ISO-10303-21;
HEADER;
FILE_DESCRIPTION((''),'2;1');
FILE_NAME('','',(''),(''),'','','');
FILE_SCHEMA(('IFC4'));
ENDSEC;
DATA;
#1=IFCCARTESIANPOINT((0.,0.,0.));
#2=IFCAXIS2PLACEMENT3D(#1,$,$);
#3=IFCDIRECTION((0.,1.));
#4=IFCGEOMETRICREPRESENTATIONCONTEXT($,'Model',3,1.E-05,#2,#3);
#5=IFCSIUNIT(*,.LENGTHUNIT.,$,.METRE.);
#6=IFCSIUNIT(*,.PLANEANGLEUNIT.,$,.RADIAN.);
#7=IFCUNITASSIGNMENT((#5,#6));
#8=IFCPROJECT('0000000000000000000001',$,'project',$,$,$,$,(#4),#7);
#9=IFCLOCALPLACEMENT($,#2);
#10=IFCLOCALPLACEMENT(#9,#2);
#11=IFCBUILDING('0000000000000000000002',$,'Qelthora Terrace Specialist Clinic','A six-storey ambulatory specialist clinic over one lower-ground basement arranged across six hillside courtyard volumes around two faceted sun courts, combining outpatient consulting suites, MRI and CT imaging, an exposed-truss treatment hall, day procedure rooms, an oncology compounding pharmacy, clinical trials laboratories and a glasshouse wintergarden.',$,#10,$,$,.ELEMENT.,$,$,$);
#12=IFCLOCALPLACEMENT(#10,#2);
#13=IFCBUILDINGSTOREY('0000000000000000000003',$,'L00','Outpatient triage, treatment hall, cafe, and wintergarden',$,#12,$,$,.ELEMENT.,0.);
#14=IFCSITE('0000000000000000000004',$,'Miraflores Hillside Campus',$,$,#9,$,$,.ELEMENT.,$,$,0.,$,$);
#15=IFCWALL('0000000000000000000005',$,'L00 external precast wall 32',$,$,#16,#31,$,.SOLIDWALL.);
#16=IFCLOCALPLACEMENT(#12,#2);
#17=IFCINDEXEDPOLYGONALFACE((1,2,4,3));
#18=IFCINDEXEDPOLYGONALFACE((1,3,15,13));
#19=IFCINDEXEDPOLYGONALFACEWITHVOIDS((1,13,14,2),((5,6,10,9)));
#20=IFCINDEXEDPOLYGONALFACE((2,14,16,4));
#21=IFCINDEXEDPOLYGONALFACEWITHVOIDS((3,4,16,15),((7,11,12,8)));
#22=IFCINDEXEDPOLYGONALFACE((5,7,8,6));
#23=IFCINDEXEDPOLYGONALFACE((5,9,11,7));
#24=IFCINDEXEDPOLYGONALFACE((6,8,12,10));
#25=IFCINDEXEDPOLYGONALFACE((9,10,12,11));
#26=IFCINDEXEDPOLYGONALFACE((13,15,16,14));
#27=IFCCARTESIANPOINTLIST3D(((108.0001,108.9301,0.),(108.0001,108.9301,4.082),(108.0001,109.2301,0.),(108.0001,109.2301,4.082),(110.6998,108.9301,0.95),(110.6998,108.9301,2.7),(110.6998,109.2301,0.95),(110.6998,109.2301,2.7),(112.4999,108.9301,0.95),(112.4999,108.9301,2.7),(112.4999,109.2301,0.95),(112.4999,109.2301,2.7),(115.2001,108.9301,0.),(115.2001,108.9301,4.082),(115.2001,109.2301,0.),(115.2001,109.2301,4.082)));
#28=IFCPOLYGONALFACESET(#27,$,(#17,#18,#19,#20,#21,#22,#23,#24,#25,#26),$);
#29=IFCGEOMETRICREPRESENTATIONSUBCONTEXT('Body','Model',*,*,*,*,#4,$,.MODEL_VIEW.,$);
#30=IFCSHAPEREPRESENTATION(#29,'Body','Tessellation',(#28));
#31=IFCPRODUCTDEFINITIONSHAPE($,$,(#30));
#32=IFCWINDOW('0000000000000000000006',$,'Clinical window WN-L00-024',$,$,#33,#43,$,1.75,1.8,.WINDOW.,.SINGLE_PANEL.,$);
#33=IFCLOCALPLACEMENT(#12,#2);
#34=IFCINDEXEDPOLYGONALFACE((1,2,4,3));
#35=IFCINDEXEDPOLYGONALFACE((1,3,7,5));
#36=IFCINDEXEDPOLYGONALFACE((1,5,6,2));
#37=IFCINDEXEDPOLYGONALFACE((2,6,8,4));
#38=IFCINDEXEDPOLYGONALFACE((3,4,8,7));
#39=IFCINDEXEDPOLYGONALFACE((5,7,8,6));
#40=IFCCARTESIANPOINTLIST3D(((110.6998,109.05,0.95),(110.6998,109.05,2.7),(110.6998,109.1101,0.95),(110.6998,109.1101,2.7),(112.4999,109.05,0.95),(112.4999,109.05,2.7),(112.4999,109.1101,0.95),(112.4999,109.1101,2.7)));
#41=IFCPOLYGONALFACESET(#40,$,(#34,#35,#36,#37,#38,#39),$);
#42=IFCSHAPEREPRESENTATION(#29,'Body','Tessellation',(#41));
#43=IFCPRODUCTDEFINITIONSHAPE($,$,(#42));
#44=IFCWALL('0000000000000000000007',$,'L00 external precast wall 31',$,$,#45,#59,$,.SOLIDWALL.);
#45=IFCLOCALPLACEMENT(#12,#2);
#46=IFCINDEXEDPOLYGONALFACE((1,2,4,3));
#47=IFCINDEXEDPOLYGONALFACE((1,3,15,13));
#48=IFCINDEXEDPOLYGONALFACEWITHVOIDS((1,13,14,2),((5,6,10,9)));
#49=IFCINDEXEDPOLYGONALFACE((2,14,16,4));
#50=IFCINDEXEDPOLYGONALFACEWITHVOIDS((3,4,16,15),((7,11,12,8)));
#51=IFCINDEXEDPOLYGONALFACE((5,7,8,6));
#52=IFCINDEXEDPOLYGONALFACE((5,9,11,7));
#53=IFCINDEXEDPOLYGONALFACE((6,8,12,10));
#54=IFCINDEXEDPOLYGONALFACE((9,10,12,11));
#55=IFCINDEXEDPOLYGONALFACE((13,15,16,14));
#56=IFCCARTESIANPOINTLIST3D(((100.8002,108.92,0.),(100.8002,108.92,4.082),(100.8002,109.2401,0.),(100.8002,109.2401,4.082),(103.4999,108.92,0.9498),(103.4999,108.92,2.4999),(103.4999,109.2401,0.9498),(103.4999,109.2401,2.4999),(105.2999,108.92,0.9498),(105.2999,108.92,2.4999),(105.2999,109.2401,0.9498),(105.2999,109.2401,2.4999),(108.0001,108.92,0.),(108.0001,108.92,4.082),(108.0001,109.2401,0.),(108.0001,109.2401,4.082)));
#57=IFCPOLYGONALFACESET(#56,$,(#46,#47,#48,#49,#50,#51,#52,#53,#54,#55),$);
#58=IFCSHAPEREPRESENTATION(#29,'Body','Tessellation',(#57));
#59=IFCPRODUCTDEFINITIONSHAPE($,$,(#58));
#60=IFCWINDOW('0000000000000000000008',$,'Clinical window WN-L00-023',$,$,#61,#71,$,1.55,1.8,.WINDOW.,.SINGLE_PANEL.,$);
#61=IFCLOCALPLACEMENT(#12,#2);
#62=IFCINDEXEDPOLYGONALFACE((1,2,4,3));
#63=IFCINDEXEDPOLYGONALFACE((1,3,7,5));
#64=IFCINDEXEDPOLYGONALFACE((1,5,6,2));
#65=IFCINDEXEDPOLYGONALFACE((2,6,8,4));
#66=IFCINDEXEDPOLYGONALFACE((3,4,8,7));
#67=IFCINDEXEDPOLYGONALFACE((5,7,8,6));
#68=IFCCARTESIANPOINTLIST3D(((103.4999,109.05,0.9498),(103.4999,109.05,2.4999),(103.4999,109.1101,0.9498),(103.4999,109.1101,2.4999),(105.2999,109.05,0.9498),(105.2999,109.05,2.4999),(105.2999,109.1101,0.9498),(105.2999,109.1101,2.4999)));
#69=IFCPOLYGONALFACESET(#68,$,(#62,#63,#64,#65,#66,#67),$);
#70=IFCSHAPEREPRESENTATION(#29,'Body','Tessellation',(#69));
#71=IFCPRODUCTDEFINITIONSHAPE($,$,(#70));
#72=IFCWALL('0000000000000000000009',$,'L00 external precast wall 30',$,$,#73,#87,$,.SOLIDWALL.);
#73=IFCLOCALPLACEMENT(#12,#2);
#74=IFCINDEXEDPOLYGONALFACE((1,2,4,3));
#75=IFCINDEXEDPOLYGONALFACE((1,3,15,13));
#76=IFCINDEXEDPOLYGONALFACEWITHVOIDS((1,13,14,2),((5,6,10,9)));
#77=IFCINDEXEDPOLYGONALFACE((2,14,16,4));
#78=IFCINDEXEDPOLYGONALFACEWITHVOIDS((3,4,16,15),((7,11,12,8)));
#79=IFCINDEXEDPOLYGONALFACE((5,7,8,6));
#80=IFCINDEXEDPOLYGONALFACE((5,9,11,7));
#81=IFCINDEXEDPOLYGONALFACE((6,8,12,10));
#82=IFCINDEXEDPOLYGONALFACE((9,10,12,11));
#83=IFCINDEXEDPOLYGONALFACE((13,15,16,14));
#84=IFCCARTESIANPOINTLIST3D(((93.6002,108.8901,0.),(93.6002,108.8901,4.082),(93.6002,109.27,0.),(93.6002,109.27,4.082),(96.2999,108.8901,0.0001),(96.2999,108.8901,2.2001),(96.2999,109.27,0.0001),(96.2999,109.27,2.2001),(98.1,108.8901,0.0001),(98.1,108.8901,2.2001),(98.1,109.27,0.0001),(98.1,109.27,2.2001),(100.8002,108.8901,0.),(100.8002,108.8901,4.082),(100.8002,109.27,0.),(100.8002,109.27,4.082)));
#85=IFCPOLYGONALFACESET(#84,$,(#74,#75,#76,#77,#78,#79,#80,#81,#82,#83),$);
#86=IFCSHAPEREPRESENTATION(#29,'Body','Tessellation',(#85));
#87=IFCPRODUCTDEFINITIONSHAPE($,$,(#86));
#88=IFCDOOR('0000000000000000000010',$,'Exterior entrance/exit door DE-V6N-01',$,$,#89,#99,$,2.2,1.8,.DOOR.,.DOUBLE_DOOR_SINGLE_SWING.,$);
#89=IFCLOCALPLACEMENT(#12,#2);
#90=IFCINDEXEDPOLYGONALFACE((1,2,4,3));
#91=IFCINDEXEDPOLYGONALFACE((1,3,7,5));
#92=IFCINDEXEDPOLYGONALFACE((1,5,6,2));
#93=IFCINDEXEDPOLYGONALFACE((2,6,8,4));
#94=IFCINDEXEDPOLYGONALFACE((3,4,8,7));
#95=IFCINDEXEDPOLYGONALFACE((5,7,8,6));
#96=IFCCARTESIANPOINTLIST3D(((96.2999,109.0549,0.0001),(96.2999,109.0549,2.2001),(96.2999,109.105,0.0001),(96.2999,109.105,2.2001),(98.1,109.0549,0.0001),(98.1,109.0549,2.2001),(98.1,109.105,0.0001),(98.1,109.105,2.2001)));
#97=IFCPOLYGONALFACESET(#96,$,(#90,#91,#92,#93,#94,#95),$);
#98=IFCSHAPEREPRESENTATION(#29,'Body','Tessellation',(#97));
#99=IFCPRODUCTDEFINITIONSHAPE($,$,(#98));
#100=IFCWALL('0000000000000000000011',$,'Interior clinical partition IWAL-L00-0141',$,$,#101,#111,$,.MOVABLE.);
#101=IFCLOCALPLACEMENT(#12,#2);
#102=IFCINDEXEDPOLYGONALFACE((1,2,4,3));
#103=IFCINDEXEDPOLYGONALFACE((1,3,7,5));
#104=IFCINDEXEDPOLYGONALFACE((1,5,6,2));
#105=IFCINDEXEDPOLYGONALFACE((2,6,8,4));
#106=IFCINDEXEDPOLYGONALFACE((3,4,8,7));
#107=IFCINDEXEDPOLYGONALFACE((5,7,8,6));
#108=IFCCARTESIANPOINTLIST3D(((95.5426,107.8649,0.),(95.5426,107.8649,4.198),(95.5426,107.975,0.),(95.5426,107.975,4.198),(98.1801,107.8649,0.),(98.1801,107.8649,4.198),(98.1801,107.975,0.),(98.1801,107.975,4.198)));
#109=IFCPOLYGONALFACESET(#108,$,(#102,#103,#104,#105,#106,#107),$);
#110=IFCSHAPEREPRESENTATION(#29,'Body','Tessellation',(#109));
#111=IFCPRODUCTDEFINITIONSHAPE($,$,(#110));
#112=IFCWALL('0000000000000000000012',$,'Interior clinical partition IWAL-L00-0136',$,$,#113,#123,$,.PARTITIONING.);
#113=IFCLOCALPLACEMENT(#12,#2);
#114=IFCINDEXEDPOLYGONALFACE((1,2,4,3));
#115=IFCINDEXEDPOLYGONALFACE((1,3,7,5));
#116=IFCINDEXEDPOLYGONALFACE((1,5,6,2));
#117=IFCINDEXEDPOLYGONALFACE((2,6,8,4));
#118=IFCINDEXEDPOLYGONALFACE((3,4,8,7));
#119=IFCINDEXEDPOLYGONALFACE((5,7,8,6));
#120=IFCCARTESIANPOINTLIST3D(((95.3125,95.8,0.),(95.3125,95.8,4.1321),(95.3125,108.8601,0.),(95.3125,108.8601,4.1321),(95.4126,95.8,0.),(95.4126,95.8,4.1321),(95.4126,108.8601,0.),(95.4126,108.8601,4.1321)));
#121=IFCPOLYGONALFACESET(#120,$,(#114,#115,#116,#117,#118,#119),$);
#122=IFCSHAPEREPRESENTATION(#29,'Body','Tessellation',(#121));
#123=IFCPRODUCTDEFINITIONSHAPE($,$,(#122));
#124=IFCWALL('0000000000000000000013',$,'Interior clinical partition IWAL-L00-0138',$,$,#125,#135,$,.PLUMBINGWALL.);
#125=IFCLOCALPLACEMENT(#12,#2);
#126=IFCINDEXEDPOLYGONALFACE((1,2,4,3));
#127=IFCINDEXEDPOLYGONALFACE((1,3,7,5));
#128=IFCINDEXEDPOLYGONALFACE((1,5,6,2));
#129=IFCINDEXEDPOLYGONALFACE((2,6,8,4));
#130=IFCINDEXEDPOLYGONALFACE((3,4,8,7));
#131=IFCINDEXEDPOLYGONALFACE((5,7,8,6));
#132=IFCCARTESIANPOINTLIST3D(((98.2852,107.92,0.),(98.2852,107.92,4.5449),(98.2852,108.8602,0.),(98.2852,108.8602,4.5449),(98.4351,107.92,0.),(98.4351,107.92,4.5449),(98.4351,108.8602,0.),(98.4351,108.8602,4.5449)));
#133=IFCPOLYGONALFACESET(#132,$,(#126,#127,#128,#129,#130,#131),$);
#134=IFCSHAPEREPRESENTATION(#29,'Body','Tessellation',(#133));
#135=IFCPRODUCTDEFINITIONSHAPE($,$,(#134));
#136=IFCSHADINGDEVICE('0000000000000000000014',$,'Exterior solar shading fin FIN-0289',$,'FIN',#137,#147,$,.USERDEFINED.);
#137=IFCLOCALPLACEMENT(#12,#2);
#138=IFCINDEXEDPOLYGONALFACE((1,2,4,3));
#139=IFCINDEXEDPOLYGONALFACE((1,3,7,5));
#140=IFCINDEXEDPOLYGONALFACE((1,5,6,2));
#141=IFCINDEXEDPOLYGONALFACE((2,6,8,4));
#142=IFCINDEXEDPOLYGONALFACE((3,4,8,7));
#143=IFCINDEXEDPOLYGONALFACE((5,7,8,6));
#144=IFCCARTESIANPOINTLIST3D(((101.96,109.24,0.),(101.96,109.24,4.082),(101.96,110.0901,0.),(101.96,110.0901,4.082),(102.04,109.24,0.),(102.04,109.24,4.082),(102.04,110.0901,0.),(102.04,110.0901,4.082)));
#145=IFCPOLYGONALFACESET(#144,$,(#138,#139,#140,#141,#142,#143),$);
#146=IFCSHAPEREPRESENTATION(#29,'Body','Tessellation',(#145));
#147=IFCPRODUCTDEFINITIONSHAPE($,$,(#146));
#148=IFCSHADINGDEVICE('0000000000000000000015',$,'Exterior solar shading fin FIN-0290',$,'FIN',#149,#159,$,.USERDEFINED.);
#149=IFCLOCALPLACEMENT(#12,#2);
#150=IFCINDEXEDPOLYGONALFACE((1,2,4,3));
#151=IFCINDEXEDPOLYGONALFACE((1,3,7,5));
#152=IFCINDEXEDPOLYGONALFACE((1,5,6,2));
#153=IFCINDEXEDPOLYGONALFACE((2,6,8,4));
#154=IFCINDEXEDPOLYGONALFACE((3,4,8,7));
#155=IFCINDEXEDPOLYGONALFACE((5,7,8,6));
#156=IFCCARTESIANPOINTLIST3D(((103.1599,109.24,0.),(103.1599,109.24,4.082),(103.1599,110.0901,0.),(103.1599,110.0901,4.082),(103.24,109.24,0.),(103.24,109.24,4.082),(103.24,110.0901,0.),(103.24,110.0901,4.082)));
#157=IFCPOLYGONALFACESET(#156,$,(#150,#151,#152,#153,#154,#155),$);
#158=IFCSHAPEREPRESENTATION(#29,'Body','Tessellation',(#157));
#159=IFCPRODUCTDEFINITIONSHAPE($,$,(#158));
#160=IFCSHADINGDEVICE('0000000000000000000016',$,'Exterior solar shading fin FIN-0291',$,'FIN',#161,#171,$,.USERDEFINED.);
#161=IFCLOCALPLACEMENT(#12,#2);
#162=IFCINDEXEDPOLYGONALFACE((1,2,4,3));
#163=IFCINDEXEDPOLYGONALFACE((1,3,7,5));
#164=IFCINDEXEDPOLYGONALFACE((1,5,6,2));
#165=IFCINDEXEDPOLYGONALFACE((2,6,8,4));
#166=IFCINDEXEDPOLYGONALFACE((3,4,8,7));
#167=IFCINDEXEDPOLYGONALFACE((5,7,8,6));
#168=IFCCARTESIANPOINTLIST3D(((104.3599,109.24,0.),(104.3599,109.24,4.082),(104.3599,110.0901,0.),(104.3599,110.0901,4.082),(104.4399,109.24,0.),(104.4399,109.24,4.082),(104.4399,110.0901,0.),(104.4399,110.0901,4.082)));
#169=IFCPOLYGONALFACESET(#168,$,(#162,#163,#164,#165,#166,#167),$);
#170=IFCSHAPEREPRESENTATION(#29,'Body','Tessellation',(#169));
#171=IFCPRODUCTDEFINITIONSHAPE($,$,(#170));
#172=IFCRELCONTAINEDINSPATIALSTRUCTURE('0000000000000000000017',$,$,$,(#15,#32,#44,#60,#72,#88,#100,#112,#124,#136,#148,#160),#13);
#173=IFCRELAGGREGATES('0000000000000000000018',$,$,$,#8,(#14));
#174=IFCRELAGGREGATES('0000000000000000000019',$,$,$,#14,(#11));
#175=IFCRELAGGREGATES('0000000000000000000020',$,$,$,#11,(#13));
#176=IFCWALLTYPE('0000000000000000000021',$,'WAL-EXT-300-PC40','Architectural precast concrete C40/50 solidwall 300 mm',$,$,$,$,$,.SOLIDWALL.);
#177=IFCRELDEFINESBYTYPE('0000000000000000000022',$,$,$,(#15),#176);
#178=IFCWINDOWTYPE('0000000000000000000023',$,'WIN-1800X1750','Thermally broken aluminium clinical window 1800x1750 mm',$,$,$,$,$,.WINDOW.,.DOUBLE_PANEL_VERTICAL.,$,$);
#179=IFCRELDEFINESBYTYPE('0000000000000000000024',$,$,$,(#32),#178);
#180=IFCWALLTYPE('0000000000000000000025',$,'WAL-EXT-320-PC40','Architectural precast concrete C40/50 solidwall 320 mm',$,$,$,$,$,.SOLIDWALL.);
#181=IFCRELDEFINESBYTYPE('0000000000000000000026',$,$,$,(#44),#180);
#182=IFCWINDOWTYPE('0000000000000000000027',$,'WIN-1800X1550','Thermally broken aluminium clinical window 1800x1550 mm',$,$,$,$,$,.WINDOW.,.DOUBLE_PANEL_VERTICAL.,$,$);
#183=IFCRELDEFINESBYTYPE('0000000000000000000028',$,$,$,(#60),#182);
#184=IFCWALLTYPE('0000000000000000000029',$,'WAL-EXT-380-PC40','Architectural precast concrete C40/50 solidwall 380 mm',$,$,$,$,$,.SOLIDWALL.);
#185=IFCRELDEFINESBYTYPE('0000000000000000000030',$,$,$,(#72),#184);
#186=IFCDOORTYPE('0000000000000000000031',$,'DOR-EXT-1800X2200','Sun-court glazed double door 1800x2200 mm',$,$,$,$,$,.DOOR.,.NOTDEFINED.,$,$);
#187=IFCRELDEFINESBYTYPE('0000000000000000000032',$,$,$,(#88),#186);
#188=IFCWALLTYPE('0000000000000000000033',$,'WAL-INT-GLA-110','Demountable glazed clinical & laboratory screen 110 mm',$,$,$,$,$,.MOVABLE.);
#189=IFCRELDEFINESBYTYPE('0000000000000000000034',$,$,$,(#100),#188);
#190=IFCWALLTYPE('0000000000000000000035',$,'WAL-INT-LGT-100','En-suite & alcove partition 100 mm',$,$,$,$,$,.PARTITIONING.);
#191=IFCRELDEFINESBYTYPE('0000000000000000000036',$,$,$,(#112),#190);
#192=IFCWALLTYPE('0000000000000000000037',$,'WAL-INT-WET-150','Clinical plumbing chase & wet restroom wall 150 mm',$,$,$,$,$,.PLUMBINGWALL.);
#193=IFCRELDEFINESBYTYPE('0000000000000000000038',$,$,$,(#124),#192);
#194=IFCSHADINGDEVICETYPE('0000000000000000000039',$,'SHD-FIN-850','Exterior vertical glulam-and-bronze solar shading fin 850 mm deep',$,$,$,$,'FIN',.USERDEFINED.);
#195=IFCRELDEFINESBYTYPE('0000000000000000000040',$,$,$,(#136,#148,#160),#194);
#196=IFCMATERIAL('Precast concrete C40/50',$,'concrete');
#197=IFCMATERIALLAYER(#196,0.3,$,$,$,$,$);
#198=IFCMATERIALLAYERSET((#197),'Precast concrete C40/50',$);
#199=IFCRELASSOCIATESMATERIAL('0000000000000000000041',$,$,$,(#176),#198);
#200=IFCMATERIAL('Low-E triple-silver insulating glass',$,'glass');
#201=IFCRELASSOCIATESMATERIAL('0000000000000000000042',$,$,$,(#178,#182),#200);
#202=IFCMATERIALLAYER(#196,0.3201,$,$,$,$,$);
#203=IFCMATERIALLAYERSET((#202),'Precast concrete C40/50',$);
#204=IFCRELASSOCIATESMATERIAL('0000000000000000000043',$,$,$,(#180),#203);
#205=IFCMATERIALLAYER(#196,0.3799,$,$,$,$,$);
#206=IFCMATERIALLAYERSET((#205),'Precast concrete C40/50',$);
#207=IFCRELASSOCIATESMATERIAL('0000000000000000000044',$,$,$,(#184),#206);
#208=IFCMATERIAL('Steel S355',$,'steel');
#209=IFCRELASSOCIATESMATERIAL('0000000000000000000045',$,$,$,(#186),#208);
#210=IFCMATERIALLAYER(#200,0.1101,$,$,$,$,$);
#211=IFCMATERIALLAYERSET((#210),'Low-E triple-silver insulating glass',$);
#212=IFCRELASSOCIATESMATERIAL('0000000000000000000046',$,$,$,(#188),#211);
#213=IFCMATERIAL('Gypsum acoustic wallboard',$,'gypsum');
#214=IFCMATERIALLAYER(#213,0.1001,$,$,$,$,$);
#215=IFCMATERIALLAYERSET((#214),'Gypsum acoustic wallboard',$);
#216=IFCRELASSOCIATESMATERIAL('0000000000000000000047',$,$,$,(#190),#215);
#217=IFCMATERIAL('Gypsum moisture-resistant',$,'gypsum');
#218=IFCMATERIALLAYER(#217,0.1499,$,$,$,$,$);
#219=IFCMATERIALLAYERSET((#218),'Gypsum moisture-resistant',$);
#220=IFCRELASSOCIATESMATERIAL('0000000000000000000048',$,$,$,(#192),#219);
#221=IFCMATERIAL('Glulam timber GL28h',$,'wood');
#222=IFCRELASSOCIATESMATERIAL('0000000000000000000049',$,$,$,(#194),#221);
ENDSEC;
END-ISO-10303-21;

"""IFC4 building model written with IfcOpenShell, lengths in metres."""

from ifc_helpers import new_model, si_unit, direction, frame, frame_2d, origin, origin_2d, place, context, subcontext, project, spatial, rectangle, extrude, material, layer, layer_set, type_object, element, fill, save


model = new_model("IFC4")

# Units and contexts
model_context = context("Model", 3, precision=1e-05, world=origin(), true_north=direction((0.0, 1.0)))
body_context = subcontext(model_context, "Body", "Model", "MODEL_VIEW")
ifc_project = project(units=[si_unit("LENGTHUNIT", "METRE"), si_unit("PLANEANGLEUNIT", "RADIAN")], contexts=[model_context])

# Site, building, storey
site_placement = place(None, origin())
site = spatial("IfcSite", under=ifc_project, at=site_placement, Name="Miraflores Hillside Campus", CompositionType="ELEMENT", RefElevation=0.0)
building_placement = place(site_placement, origin())
building = spatial("IfcBuilding", under=site, at=building_placement, Name="Qelthora Terrace Specialist Clinic", Description="A six-storey ambulatory specialist clinic over one lower-ground basement arranged across six hillside courtyard volumes around two faceted sun courts, combining outpatient consulting suites, MRI and CT imaging, an exposed-truss treatment hall, day procedure rooms, an oncology compounding pharmacy, clinical trials laboratories and a glasshouse wintergarden.", CompositionType="ELEMENT")
storey_placement = place(building_placement, origin())
storey = spatial("IfcBuildingStorey", under=building, at=storey_placement, Name="L00", Description="Outpatient triage, treatment hall, cafe, and wintergarden", CompositionType="ELEMENT", Elevation=0.0)

# Shared definitions
ifc_material_1 = material(Name="Steel S355", Category="steel")

# Walls, openings, windows
ifc_material_2 = material(Name="Precast concrete C40/50", Category="concrete")
ifc_layer_1 = layer(ifc_material_2, 0.3)
ifc_layer_set_1 = layer_set([ifc_layer_1], Name="Precast concrete C40/50")
wall_type_1 = type_object("IfcWallType", Name="WAL-EXT-300-PC40", Description="Architectural precast concrete C40/50 solidwall 300 mm", PredefinedType="SOLIDWALL", material=ifc_layer_set_1)
wall_1_placement = place(storey_placement, frame((108.0, 109.0801, 0.0), z_axis=(0.0, 0.0, 1.0), x_axis=(1.0, 0.0, 0.0)))
wall_1 = element("IfcWall", 1, at=wall_1_placement, inside=storey, type_object=wall_type_1, Name="L00 external precast wall 32", PredefinedType="SOLIDWALL", context=body_context, shape_type="SweptSolid", body=[
    extrude(rectangle(XDim=7.2, YDim=0.3, at=frame_2d((3.6001, 0.0))), origin(), (0.0, 0.0, 1.0), 4.082),
])
opening_1_placement = place(wall_1_placement, frame((2.7, 0.0, 0.95)))
opening_1 = element("IfcOpeningElement", 2, at=opening_1_placement, cuts=wall_1, PredefinedType="OPENING", context=body_context, shape_type="SweptSolid", body=[
    extrude(rectangle(XDim=1.8, YDim=1.75, at=frame_2d((0.8999, 0.875))), frame((0.0, 0.1599, 0.0), z_axis=(0.0, -1.0, 0.0), x_axis=(1.0, 0.0, 0.0)), (0.0, 0.0, 1.0), 0.3201),
])
ifc_material_3 = material(Name="Low-E triple-silver insulating glass", Category="glass")
window_type_1 = type_object("IfcWindowType", Name="WIN-1800X1750", Description="Thermally broken aluminium clinical window 1800x1750 mm", PartitioningType="DOUBLE_PANEL_VERTICAL", PredefinedType="WINDOW", material=ifc_material_3)
window_1_placement = place(opening_1_placement, origin())
window_1 = element("IfcWindow", 3, at=window_1_placement, inside=storey, type_object=window_type_1, Name="Clinical window WN-L00-024", OverallHeight=1.75, OverallWidth=1.8, PartitioningType="SINGLE_PANEL", PredefinedType="WINDOW", context=body_context, shape_type="SweptSolid", body=[
    extrude(rectangle(XDim=1.8, YDim=1.75, at=frame_2d((0.8999, 0.875))), frame((0.0, 0.03, 0.0), z_axis=(0.0, -1.0, 0.0), x_axis=(1.0, 0.0, 0.0)), (0.0, 0.0, 1.0), 0.0601),
])
fill(opening_1, window_1)
ifc_layer_2 = layer(ifc_material_2, 0.3201)
ifc_layer_set_2 = layer_set([ifc_layer_2], Name="Precast concrete C40/50")
wall_type_2 = type_object("IfcWallType", Name="WAL-EXT-320-PC40", Description="Architectural precast concrete C40/50 solidwall 320 mm", PredefinedType="SOLIDWALL", material=ifc_layer_set_2)
wall_2_placement = place(storey_placement, frame((100.8, 109.0801, 0.0), z_axis=(0.0, 0.0, 1.0), x_axis=(1.0, 0.0, 0.0)))
wall_2 = element("IfcWall", 4, at=wall_2_placement, inside=storey, type_object=wall_type_2, Name="L00 external precast wall 31", PredefinedType="SOLIDWALL", context=body_context, shape_type="SweptSolid", body=[
    extrude(rectangle(XDim=7.2, YDim=0.3201, at=frame_2d((3.6001, 0.0))), origin(), (0.0, 0.0, 1.0), 4.082),
])
opening_2_placement = place(wall_2_placement, frame((2.7, 0.0, 0.95)))
opening_2 = element("IfcOpeningElement", 5, at=opening_2_placement, cuts=wall_2, PredefinedType="OPENING", context=body_context, shape_type="SweptSolid", body=[
    extrude(rectangle(XDim=1.8, YDim=1.55, at=frame_2d((0.8999, 0.7749))), frame((0.0, 0.1699, 0.0), z_axis=(0.0, -1.0, 0.0), x_axis=(1.0, 0.0, 0.0)), (0.0, 0.0, 1.0), 0.3401),
])
window_type_2 = type_object("IfcWindowType", Name="WIN-1800X1550", Description="Thermally broken aluminium clinical window 1800x1550 mm", PartitioningType="DOUBLE_PANEL_VERTICAL", PredefinedType="WINDOW", material=ifc_material_3)
window_2_placement = place(opening_2_placement, origin())
window_2 = element("IfcWindow", 6, at=window_2_placement, inside=storey, type_object=window_type_2, Name="Clinical window WN-L00-023", OverallHeight=1.55, OverallWidth=1.8, PartitioningType="SINGLE_PANEL", PredefinedType="WINDOW", context=body_context, shape_type="SweptSolid", body=[
    extrude(rectangle(XDim=1.8, YDim=1.55, at=frame_2d((0.8999, 0.7749))), frame((0.0, 0.03, 0.0), z_axis=(0.0, -1.0, 0.0), x_axis=(1.0, 0.0, 0.0)), (0.0, 0.0, 1.0), 0.0601),
])
fill(opening_2, window_2)

# Wall, opening, door
ifc_layer_3 = layer(ifc_material_2, 0.3799)
ifc_layer_set_3 = layer_set([ifc_layer_3], Name="Precast concrete C40/50")
wall_type_3 = type_object("IfcWallType", Name="WAL-EXT-380-PC40", Description="Architectural precast concrete C40/50 solidwall 380 mm", PredefinedType="SOLIDWALL", material=ifc_layer_set_3)
wall_3_placement = place(storey_placement, frame((93.6001, 109.0801, 0.0), z_axis=(0.0, 0.0, 1.0), x_axis=(1.0, 0.0, 0.0)))
wall_3 = element("IfcWall", 7, at=wall_3_placement, inside=storey, type_object=wall_type_3, Name="L00 external precast wall 30", PredefinedType="SOLIDWALL", context=body_context, shape_type="SweptSolid", body=[
    extrude(rectangle(XDim=7.2, YDim=0.3799, at=frame_2d((3.6001, 0.0))), origin(), (0.0, 0.0, 1.0), 4.082),
])
opening_3_placement = place(wall_3_placement, frame((2.7, 0.0, 0.0)))
opening_3 = element("IfcOpeningElement", 8, at=opening_3_placement, cuts=wall_3, PredefinedType="OPENING", context=body_context, shape_type="SweptSolid", body=[
    extrude(rectangle(XDim=1.8, YDim=2.2, at=frame_2d((0.8999, 1.1001))), frame((0.0, 0.2, 0.0), z_axis=(0.0, -1.0, 0.0), x_axis=(1.0, 0.0, 0.0)), (0.0, 0.0, 1.0), 0.3999),
])
door_type = type_object("IfcDoorType", Name="DOR-EXT-1800X2200", Description="Sun-court glazed double door 1800x2200 mm", OperationType="NOTDEFINED", PredefinedType="DOOR", material=ifc_material_1)
door_placement = place(opening_3_placement, origin())
door = element("IfcDoor", 9, at=door_placement, inside=storey, type_object=door_type, Name="Exterior entrance/exit door DE-V6N-01", OperationType="DOUBLE_DOOR_SINGLE_SWING", OverallHeight=2.2, OverallWidth=1.8, PredefinedType="DOOR", context=body_context, shape_type="SweptSolid", body=[
    extrude(rectangle(XDim=1.8, YDim=2.2, at=frame_2d((0.8999, 1.1001))), frame((0.0, 0.0249, 0.0), z_axis=(0.0, -1.0, 0.0), x_axis=(1.0, 0.0, 0.0)), (0.0, 0.0, 1.0), 0.05),
])
fill(opening_3, door)

# Walls
ifc_layer_4 = layer(ifc_material_3, 0.1101)
ifc_layer_set_4 = layer_set([ifc_layer_4], Name="Low-E triple-silver insulating glass")
wall_type_4 = type_object("IfcWallType", Name="WAL-INT-GLA-110", Description="Demountable glazed clinical & laboratory screen 110 mm", PredefinedType="MOVABLE", material=ifc_layer_set_4)
wall_4_placement = place(storey_placement, frame((95.5425, 107.9199, 0.0), z_axis=(0.0, 0.0, 1.0), x_axis=(1.0, 0.0, 0.0)))
element("IfcWall", 10, at=wall_4_placement, inside=storey, type_object=wall_type_4, Name="Interior clinical partition IWAL-L00-0141", PredefinedType="MOVABLE", context=body_context, shape_type="SweptSolid", body=[
    extrude(rectangle(XDim=2.6375, YDim=0.1101, at=frame_2d((1.3188, 0.0))), origin(), (0.0, 0.0, 1.0), 4.198),
])
ifc_material_4 = material(Name="Gypsum acoustic wallboard", Category="gypsum")
ifc_layer_5 = layer(ifc_material_4, 0.1001)
ifc_layer_set_5 = layer_set([ifc_layer_5], Name="Gypsum acoustic wallboard")
wall_type_5 = type_object("IfcWallType", Name="WAL-INT-LGT-100", Description="En-suite & alcove partition 100 mm", PredefinedType="PARTITIONING", material=ifc_layer_set_5)
wall_5_placement = place(storey_placement, frame((95.3625, 108.8601, 0.0), z_axis=(0.0, 0.0, 1.0), x_axis=(0.0, -1.0, 0.0)))
element("IfcWall", 11, at=wall_5_placement, inside=storey, type_object=wall_type_5, Name="Interior clinical partition IWAL-L00-0136", PredefinedType="PARTITIONING", context=body_context, shape_type="SweptSolid", body=[
    extrude(rectangle(XDim=13.0601, YDim=0.1001, at=frame_2d((6.53, 0.0))), origin(), (0.0, 0.0, 1.0), 4.1321),
])
ifc_material_5 = material(Name="Gypsum moisture-resistant", Category="gypsum")
ifc_layer_6 = layer(ifc_material_5, 0.1499)
ifc_layer_set_6 = layer_set([ifc_layer_6], Name="Gypsum moisture-resistant")
wall_type_6 = type_object("IfcWallType", Name="WAL-INT-WET-150", Description="Clinical plumbing chase & wet restroom wall 150 mm", PredefinedType="PLUMBINGWALL", material=ifc_layer_set_6)
wall_6_placement = place(storey_placement, frame((98.3601, 107.9199, 0.0), z_axis=(0.0, 0.0, 1.0), x_axis=(0.0, 1.0, 0.0)))
element("IfcWall", 12, at=wall_6_placement, inside=storey, type_object=wall_type_6, Name="Interior clinical partition IWAL-L00-0138", PredefinedType="PLUMBINGWALL", context=body_context, shape_type="SweptSolid", body=[
    extrude(rectangle(XDim=0.9402, YDim=0.1499, at=frame_2d((0.4702, 0.0))), origin(), (0.0, 0.0, 1.0), 4.5449),
])

# Shading devices
ifc_material_6 = material(Name="Glulam timber GL28h", Category="wood")
shading_device_type = type_object("IfcShadingDeviceType", Name="SHD-FIN-850", Description="Exterior vertical glulam-and-bronze solar shading fin 850 mm deep", ElementType="FIN", PredefinedType="USERDEFINED", material=ifc_material_6)
for number, where, z_axis, x_axis, name in (
    (13, (102.0, 109.665, 0.0), (0.0, 0.0, 1.0), (0.0, 1.0, 0.0), "Exterior solar shading fin FIN-0289"),
    (14, (103.2, 109.665, 0.0), (0.0, 0.0, 1.0), (0.0, 1.0, 0.0), "Exterior solar shading fin FIN-0290"),
    (15, (104.3999, 109.665, 0.0), (0.0, 0.0, 1.0), (0.0, 1.0, 0.0), "Exterior solar shading fin FIN-0291"),
):
    element("IfcShadingDevice", number, at=place(storey_placement, frame(where, z_axis=z_axis, x_axis=x_axis)), inside=storey, type_object=shading_device_type, Name=name, ObjectType="FIN", PredefinedType="USERDEFINED", context=body_context, shape_type="SweptSolid", body=[
        extrude(rectangle(XDim=0.8501, YDim=0.0801, at=origin_2d()), origin(), (0.0, 0.0, 1.0), 4.082),
    ])

save(model, "model.ifc")
